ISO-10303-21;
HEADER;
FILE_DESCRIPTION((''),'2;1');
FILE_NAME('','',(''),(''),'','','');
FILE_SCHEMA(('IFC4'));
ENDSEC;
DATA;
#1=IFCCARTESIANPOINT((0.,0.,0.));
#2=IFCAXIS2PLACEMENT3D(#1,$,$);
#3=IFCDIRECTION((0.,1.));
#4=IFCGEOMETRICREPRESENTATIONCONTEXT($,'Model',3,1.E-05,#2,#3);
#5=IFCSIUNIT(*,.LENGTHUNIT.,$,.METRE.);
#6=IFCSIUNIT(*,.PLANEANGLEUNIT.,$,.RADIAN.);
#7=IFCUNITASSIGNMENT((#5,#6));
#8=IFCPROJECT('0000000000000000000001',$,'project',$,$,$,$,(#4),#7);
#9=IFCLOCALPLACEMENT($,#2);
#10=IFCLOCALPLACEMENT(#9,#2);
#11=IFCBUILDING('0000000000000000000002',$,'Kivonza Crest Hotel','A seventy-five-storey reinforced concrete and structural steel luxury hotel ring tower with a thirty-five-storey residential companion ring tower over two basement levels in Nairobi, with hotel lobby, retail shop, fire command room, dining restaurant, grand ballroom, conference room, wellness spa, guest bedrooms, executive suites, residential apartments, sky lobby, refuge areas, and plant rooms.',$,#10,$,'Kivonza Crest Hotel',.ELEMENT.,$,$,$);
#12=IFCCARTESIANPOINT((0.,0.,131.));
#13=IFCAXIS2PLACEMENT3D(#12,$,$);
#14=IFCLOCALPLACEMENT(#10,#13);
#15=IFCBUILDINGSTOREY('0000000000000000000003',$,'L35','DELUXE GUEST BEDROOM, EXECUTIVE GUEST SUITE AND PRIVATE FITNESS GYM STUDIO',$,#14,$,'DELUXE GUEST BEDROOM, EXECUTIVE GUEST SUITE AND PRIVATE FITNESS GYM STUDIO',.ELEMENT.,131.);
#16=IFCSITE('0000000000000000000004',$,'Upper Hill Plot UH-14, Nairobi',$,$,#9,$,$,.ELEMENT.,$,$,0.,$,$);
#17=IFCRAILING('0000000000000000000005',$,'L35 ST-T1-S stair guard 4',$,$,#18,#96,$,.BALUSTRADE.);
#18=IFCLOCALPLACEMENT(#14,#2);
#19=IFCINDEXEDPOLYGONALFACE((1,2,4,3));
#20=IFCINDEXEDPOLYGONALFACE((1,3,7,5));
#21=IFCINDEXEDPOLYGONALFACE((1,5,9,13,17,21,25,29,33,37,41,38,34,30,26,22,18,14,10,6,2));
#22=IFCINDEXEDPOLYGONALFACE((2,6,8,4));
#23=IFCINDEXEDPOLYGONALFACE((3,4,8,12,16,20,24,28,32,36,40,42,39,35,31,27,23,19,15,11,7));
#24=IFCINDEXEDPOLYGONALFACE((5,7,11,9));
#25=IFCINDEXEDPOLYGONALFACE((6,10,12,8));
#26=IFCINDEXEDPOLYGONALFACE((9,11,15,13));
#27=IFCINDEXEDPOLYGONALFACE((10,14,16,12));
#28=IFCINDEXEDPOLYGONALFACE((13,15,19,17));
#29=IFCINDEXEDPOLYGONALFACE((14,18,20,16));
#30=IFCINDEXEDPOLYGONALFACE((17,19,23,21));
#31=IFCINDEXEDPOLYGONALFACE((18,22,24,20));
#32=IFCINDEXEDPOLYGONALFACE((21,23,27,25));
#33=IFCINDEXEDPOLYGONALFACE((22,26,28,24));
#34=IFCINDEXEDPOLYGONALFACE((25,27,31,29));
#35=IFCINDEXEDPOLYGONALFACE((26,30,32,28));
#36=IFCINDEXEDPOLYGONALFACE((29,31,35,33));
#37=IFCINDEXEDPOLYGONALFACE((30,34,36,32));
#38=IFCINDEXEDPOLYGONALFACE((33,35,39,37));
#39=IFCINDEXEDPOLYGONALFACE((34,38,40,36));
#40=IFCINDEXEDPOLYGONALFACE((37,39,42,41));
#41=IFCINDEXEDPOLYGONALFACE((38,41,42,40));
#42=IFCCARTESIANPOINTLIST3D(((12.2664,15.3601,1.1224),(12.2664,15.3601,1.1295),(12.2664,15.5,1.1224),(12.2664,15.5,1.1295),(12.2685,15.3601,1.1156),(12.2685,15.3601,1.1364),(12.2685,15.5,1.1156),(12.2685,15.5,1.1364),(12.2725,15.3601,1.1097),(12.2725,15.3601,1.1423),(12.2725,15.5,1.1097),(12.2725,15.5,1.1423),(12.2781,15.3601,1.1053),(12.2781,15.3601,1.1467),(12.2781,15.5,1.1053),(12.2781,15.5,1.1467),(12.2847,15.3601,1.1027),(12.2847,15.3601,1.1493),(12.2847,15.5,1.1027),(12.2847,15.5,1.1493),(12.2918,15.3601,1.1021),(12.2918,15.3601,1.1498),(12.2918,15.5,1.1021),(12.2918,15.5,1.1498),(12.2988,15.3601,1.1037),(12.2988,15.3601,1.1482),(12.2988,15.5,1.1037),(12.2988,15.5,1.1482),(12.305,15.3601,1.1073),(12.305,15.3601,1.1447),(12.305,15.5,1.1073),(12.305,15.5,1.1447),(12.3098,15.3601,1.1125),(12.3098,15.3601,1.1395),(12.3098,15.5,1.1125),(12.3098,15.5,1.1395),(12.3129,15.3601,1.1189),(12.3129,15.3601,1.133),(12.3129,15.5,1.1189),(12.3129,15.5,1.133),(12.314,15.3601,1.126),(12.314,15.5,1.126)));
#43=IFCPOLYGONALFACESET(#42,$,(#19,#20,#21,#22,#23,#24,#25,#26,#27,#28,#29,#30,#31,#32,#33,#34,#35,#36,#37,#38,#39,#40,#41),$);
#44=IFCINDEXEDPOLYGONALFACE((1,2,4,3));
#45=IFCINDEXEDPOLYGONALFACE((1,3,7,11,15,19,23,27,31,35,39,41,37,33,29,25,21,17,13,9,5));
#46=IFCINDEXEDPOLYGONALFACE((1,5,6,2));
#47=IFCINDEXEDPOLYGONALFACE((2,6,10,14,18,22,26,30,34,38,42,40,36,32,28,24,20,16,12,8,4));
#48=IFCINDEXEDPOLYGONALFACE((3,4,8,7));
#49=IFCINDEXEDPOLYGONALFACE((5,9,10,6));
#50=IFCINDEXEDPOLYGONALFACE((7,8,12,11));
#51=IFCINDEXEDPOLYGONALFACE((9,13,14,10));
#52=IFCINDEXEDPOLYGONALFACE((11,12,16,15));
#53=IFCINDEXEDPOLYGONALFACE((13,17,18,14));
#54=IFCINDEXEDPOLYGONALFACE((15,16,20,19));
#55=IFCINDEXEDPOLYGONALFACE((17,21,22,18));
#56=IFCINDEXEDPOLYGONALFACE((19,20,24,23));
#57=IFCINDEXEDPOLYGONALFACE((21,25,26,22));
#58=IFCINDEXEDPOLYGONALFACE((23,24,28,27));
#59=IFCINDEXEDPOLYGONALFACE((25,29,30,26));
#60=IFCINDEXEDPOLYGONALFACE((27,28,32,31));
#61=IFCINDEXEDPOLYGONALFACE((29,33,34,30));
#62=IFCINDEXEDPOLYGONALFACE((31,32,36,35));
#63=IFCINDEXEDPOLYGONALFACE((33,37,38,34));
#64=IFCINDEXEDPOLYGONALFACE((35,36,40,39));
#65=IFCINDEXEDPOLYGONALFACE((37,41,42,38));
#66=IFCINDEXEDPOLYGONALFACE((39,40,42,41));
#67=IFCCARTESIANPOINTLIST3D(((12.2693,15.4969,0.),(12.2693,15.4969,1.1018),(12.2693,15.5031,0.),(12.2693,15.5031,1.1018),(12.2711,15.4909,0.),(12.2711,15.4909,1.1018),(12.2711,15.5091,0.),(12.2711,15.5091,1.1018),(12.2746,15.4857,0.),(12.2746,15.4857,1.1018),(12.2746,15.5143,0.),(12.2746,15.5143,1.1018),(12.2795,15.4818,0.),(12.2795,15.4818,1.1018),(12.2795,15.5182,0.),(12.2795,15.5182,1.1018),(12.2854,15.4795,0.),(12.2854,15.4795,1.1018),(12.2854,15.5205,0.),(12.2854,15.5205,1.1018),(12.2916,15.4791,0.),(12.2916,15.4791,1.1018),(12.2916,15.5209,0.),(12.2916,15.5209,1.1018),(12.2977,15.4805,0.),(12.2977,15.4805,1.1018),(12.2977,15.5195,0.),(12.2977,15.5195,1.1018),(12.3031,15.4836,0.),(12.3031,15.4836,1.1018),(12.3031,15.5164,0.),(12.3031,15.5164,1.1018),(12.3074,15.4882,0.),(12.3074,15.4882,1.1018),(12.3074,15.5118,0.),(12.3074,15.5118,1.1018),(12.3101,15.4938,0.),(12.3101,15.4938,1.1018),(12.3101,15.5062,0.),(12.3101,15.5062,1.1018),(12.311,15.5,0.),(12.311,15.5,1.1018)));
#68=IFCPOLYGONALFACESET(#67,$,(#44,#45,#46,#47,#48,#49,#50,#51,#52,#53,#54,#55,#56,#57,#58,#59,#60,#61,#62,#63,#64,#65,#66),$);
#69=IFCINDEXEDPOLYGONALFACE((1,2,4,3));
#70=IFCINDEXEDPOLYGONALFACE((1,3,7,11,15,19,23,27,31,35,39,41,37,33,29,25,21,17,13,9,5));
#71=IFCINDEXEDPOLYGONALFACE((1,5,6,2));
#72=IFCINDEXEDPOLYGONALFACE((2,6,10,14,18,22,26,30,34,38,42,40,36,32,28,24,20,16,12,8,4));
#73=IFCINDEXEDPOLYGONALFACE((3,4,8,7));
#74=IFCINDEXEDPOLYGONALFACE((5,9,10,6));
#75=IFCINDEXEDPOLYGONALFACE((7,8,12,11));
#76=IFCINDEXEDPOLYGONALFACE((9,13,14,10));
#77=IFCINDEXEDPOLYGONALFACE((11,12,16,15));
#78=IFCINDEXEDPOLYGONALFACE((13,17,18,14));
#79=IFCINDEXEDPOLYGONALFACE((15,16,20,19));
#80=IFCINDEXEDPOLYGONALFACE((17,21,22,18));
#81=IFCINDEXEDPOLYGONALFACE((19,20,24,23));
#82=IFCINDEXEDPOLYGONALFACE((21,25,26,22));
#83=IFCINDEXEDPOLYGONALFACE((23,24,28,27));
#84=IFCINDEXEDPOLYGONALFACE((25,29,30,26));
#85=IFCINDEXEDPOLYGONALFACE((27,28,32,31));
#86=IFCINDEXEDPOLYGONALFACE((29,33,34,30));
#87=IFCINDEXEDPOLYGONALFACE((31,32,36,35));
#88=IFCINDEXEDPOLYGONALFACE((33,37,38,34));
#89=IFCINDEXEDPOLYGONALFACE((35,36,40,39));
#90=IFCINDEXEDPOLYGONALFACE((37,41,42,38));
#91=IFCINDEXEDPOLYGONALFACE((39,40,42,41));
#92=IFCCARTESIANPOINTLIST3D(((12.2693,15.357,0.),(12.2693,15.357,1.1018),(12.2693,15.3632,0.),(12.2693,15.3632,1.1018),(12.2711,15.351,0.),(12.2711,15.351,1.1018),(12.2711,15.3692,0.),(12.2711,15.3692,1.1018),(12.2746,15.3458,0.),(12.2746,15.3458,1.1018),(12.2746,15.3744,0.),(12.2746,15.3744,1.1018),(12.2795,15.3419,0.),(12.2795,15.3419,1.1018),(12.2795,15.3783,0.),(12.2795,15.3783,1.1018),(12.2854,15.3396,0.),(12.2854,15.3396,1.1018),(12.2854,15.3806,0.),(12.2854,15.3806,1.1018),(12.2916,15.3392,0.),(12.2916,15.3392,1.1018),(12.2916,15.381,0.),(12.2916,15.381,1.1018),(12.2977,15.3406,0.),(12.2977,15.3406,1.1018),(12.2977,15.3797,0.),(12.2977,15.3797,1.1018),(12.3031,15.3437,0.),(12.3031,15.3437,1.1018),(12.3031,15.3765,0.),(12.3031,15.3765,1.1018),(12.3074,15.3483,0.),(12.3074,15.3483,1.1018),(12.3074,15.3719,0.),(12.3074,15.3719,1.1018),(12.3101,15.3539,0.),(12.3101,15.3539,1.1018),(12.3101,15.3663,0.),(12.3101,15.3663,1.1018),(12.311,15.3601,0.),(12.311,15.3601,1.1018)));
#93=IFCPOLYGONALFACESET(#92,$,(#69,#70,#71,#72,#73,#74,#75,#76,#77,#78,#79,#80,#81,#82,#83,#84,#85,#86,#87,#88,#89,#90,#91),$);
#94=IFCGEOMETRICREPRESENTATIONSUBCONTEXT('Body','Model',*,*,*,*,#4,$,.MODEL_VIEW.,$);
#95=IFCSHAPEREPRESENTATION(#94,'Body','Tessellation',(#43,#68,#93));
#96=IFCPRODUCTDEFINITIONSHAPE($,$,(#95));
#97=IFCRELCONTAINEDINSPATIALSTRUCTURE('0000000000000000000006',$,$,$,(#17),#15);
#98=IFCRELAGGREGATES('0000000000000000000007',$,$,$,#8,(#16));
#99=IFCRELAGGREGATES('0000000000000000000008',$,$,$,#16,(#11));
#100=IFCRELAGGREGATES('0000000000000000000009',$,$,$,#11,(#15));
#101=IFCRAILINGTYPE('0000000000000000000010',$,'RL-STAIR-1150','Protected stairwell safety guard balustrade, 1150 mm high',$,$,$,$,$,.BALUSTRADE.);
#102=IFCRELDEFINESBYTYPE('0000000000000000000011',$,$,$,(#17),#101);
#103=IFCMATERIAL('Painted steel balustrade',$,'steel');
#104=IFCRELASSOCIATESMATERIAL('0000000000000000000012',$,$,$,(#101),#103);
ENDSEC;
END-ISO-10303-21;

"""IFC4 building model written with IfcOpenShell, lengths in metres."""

from ifc_helpers import new_model, si_unit, direction, frame, origin, origin_2d, place, context, subcontext, project, spatial, circle, extrude, material, type_object, element, save


model = new_model("IFC4")

# Units and contexts
model_context = context("Model", 3, precision=1e-05, world=origin(), true_north=direction((0.0, 1.0)))
body_context = subcontext(model_context, "Body", "Model", "MODEL_VIEW")
ifc_project = project(units=[si_unit("LENGTHUNIT", "METRE"), si_unit("PLANEANGLEUNIT", "RADIAN")], contexts=[model_context])

# Site, building, storey
site_placement = place(None, origin())
site = spatial("IfcSite", under=ifc_project, at=site_placement, Name="Upper Hill Plot UH-14, Nairobi", CompositionType="ELEMENT", RefElevation=0.0)
building_placement = place(site_placement, origin())
building = spatial("IfcBuilding", under=site, at=building_placement, Name="Kivonza Crest Hotel", Description="A seventy-five-storey reinforced concrete and structural steel luxury hotel ring tower with a thirty-five-storey residential companion ring tower over two basement levels in Nairobi, with hotel lobby, retail shop, fire command room, dining restaurant, grand ballroom, conference room, wellness spa, guest bedrooms, executive suites, residential apartments, sky lobby, refuge areas, and plant rooms.", LongName="Kivonza Crest Hotel", CompositionType="ELEMENT")
storey_placement = place(building_placement, frame((0.0, 0.0, 131.0)))
storey = spatial("IfcBuildingStorey", under=building, at=storey_placement, Name="L35", Description="DELUXE GUEST BEDROOM, EXECUTIVE GUEST SUITE AND PRIVATE FITNESS GYM STUDIO", LongName="DELUXE GUEST BEDROOM, EXECUTIVE GUEST SUITE AND PRIVATE FITNESS GYM STUDIO", CompositionType="ELEMENT", Elevation=131.0)

# Railing
ifc_material_1 = material(Name="Painted steel balustrade", Category="steel")
railing_type_1 = type_object("IfcRailingType", Name="RL-STAIR-1150", Description="Protected stairwell safety guard balustrade, 1150 mm high", PredefinedType="BALUSTRADE", material=ifc_material_1)
railing_1_placement = place(storey_placement, frame((12.29, 15.5, 0.0)))
element("IfcRailing", 1, at=railing_1_placement, inside=storey, type_object=railing_type_1, Name="L35 ST-T1-S stair guard 4", PredefinedType="BALUSTRADE", context=body_context, shape_type="SweptSolid", body=[
    extrude(circle(Radius=0.0239, at=origin_2d()), frame((0.0, 0.0, 1.126), z_axis=(0.0, -1.0, 0.0), x_axis=(1.0, 0.0, 0.0)), (0.0, 0.0, 1.0), 0.1399),
    extrude(circle(Radius=0.021, at=origin_2d()), origin(), (0.0, 0.0, 1.0), 1.1018),
    extrude(circle(Radius=0.021, at=origin_2d()), frame((0.0, -0.1399, 0.0)), (0.0, 0.0, 1.0), 1.1018),
])

save(model, "model.ifc")
